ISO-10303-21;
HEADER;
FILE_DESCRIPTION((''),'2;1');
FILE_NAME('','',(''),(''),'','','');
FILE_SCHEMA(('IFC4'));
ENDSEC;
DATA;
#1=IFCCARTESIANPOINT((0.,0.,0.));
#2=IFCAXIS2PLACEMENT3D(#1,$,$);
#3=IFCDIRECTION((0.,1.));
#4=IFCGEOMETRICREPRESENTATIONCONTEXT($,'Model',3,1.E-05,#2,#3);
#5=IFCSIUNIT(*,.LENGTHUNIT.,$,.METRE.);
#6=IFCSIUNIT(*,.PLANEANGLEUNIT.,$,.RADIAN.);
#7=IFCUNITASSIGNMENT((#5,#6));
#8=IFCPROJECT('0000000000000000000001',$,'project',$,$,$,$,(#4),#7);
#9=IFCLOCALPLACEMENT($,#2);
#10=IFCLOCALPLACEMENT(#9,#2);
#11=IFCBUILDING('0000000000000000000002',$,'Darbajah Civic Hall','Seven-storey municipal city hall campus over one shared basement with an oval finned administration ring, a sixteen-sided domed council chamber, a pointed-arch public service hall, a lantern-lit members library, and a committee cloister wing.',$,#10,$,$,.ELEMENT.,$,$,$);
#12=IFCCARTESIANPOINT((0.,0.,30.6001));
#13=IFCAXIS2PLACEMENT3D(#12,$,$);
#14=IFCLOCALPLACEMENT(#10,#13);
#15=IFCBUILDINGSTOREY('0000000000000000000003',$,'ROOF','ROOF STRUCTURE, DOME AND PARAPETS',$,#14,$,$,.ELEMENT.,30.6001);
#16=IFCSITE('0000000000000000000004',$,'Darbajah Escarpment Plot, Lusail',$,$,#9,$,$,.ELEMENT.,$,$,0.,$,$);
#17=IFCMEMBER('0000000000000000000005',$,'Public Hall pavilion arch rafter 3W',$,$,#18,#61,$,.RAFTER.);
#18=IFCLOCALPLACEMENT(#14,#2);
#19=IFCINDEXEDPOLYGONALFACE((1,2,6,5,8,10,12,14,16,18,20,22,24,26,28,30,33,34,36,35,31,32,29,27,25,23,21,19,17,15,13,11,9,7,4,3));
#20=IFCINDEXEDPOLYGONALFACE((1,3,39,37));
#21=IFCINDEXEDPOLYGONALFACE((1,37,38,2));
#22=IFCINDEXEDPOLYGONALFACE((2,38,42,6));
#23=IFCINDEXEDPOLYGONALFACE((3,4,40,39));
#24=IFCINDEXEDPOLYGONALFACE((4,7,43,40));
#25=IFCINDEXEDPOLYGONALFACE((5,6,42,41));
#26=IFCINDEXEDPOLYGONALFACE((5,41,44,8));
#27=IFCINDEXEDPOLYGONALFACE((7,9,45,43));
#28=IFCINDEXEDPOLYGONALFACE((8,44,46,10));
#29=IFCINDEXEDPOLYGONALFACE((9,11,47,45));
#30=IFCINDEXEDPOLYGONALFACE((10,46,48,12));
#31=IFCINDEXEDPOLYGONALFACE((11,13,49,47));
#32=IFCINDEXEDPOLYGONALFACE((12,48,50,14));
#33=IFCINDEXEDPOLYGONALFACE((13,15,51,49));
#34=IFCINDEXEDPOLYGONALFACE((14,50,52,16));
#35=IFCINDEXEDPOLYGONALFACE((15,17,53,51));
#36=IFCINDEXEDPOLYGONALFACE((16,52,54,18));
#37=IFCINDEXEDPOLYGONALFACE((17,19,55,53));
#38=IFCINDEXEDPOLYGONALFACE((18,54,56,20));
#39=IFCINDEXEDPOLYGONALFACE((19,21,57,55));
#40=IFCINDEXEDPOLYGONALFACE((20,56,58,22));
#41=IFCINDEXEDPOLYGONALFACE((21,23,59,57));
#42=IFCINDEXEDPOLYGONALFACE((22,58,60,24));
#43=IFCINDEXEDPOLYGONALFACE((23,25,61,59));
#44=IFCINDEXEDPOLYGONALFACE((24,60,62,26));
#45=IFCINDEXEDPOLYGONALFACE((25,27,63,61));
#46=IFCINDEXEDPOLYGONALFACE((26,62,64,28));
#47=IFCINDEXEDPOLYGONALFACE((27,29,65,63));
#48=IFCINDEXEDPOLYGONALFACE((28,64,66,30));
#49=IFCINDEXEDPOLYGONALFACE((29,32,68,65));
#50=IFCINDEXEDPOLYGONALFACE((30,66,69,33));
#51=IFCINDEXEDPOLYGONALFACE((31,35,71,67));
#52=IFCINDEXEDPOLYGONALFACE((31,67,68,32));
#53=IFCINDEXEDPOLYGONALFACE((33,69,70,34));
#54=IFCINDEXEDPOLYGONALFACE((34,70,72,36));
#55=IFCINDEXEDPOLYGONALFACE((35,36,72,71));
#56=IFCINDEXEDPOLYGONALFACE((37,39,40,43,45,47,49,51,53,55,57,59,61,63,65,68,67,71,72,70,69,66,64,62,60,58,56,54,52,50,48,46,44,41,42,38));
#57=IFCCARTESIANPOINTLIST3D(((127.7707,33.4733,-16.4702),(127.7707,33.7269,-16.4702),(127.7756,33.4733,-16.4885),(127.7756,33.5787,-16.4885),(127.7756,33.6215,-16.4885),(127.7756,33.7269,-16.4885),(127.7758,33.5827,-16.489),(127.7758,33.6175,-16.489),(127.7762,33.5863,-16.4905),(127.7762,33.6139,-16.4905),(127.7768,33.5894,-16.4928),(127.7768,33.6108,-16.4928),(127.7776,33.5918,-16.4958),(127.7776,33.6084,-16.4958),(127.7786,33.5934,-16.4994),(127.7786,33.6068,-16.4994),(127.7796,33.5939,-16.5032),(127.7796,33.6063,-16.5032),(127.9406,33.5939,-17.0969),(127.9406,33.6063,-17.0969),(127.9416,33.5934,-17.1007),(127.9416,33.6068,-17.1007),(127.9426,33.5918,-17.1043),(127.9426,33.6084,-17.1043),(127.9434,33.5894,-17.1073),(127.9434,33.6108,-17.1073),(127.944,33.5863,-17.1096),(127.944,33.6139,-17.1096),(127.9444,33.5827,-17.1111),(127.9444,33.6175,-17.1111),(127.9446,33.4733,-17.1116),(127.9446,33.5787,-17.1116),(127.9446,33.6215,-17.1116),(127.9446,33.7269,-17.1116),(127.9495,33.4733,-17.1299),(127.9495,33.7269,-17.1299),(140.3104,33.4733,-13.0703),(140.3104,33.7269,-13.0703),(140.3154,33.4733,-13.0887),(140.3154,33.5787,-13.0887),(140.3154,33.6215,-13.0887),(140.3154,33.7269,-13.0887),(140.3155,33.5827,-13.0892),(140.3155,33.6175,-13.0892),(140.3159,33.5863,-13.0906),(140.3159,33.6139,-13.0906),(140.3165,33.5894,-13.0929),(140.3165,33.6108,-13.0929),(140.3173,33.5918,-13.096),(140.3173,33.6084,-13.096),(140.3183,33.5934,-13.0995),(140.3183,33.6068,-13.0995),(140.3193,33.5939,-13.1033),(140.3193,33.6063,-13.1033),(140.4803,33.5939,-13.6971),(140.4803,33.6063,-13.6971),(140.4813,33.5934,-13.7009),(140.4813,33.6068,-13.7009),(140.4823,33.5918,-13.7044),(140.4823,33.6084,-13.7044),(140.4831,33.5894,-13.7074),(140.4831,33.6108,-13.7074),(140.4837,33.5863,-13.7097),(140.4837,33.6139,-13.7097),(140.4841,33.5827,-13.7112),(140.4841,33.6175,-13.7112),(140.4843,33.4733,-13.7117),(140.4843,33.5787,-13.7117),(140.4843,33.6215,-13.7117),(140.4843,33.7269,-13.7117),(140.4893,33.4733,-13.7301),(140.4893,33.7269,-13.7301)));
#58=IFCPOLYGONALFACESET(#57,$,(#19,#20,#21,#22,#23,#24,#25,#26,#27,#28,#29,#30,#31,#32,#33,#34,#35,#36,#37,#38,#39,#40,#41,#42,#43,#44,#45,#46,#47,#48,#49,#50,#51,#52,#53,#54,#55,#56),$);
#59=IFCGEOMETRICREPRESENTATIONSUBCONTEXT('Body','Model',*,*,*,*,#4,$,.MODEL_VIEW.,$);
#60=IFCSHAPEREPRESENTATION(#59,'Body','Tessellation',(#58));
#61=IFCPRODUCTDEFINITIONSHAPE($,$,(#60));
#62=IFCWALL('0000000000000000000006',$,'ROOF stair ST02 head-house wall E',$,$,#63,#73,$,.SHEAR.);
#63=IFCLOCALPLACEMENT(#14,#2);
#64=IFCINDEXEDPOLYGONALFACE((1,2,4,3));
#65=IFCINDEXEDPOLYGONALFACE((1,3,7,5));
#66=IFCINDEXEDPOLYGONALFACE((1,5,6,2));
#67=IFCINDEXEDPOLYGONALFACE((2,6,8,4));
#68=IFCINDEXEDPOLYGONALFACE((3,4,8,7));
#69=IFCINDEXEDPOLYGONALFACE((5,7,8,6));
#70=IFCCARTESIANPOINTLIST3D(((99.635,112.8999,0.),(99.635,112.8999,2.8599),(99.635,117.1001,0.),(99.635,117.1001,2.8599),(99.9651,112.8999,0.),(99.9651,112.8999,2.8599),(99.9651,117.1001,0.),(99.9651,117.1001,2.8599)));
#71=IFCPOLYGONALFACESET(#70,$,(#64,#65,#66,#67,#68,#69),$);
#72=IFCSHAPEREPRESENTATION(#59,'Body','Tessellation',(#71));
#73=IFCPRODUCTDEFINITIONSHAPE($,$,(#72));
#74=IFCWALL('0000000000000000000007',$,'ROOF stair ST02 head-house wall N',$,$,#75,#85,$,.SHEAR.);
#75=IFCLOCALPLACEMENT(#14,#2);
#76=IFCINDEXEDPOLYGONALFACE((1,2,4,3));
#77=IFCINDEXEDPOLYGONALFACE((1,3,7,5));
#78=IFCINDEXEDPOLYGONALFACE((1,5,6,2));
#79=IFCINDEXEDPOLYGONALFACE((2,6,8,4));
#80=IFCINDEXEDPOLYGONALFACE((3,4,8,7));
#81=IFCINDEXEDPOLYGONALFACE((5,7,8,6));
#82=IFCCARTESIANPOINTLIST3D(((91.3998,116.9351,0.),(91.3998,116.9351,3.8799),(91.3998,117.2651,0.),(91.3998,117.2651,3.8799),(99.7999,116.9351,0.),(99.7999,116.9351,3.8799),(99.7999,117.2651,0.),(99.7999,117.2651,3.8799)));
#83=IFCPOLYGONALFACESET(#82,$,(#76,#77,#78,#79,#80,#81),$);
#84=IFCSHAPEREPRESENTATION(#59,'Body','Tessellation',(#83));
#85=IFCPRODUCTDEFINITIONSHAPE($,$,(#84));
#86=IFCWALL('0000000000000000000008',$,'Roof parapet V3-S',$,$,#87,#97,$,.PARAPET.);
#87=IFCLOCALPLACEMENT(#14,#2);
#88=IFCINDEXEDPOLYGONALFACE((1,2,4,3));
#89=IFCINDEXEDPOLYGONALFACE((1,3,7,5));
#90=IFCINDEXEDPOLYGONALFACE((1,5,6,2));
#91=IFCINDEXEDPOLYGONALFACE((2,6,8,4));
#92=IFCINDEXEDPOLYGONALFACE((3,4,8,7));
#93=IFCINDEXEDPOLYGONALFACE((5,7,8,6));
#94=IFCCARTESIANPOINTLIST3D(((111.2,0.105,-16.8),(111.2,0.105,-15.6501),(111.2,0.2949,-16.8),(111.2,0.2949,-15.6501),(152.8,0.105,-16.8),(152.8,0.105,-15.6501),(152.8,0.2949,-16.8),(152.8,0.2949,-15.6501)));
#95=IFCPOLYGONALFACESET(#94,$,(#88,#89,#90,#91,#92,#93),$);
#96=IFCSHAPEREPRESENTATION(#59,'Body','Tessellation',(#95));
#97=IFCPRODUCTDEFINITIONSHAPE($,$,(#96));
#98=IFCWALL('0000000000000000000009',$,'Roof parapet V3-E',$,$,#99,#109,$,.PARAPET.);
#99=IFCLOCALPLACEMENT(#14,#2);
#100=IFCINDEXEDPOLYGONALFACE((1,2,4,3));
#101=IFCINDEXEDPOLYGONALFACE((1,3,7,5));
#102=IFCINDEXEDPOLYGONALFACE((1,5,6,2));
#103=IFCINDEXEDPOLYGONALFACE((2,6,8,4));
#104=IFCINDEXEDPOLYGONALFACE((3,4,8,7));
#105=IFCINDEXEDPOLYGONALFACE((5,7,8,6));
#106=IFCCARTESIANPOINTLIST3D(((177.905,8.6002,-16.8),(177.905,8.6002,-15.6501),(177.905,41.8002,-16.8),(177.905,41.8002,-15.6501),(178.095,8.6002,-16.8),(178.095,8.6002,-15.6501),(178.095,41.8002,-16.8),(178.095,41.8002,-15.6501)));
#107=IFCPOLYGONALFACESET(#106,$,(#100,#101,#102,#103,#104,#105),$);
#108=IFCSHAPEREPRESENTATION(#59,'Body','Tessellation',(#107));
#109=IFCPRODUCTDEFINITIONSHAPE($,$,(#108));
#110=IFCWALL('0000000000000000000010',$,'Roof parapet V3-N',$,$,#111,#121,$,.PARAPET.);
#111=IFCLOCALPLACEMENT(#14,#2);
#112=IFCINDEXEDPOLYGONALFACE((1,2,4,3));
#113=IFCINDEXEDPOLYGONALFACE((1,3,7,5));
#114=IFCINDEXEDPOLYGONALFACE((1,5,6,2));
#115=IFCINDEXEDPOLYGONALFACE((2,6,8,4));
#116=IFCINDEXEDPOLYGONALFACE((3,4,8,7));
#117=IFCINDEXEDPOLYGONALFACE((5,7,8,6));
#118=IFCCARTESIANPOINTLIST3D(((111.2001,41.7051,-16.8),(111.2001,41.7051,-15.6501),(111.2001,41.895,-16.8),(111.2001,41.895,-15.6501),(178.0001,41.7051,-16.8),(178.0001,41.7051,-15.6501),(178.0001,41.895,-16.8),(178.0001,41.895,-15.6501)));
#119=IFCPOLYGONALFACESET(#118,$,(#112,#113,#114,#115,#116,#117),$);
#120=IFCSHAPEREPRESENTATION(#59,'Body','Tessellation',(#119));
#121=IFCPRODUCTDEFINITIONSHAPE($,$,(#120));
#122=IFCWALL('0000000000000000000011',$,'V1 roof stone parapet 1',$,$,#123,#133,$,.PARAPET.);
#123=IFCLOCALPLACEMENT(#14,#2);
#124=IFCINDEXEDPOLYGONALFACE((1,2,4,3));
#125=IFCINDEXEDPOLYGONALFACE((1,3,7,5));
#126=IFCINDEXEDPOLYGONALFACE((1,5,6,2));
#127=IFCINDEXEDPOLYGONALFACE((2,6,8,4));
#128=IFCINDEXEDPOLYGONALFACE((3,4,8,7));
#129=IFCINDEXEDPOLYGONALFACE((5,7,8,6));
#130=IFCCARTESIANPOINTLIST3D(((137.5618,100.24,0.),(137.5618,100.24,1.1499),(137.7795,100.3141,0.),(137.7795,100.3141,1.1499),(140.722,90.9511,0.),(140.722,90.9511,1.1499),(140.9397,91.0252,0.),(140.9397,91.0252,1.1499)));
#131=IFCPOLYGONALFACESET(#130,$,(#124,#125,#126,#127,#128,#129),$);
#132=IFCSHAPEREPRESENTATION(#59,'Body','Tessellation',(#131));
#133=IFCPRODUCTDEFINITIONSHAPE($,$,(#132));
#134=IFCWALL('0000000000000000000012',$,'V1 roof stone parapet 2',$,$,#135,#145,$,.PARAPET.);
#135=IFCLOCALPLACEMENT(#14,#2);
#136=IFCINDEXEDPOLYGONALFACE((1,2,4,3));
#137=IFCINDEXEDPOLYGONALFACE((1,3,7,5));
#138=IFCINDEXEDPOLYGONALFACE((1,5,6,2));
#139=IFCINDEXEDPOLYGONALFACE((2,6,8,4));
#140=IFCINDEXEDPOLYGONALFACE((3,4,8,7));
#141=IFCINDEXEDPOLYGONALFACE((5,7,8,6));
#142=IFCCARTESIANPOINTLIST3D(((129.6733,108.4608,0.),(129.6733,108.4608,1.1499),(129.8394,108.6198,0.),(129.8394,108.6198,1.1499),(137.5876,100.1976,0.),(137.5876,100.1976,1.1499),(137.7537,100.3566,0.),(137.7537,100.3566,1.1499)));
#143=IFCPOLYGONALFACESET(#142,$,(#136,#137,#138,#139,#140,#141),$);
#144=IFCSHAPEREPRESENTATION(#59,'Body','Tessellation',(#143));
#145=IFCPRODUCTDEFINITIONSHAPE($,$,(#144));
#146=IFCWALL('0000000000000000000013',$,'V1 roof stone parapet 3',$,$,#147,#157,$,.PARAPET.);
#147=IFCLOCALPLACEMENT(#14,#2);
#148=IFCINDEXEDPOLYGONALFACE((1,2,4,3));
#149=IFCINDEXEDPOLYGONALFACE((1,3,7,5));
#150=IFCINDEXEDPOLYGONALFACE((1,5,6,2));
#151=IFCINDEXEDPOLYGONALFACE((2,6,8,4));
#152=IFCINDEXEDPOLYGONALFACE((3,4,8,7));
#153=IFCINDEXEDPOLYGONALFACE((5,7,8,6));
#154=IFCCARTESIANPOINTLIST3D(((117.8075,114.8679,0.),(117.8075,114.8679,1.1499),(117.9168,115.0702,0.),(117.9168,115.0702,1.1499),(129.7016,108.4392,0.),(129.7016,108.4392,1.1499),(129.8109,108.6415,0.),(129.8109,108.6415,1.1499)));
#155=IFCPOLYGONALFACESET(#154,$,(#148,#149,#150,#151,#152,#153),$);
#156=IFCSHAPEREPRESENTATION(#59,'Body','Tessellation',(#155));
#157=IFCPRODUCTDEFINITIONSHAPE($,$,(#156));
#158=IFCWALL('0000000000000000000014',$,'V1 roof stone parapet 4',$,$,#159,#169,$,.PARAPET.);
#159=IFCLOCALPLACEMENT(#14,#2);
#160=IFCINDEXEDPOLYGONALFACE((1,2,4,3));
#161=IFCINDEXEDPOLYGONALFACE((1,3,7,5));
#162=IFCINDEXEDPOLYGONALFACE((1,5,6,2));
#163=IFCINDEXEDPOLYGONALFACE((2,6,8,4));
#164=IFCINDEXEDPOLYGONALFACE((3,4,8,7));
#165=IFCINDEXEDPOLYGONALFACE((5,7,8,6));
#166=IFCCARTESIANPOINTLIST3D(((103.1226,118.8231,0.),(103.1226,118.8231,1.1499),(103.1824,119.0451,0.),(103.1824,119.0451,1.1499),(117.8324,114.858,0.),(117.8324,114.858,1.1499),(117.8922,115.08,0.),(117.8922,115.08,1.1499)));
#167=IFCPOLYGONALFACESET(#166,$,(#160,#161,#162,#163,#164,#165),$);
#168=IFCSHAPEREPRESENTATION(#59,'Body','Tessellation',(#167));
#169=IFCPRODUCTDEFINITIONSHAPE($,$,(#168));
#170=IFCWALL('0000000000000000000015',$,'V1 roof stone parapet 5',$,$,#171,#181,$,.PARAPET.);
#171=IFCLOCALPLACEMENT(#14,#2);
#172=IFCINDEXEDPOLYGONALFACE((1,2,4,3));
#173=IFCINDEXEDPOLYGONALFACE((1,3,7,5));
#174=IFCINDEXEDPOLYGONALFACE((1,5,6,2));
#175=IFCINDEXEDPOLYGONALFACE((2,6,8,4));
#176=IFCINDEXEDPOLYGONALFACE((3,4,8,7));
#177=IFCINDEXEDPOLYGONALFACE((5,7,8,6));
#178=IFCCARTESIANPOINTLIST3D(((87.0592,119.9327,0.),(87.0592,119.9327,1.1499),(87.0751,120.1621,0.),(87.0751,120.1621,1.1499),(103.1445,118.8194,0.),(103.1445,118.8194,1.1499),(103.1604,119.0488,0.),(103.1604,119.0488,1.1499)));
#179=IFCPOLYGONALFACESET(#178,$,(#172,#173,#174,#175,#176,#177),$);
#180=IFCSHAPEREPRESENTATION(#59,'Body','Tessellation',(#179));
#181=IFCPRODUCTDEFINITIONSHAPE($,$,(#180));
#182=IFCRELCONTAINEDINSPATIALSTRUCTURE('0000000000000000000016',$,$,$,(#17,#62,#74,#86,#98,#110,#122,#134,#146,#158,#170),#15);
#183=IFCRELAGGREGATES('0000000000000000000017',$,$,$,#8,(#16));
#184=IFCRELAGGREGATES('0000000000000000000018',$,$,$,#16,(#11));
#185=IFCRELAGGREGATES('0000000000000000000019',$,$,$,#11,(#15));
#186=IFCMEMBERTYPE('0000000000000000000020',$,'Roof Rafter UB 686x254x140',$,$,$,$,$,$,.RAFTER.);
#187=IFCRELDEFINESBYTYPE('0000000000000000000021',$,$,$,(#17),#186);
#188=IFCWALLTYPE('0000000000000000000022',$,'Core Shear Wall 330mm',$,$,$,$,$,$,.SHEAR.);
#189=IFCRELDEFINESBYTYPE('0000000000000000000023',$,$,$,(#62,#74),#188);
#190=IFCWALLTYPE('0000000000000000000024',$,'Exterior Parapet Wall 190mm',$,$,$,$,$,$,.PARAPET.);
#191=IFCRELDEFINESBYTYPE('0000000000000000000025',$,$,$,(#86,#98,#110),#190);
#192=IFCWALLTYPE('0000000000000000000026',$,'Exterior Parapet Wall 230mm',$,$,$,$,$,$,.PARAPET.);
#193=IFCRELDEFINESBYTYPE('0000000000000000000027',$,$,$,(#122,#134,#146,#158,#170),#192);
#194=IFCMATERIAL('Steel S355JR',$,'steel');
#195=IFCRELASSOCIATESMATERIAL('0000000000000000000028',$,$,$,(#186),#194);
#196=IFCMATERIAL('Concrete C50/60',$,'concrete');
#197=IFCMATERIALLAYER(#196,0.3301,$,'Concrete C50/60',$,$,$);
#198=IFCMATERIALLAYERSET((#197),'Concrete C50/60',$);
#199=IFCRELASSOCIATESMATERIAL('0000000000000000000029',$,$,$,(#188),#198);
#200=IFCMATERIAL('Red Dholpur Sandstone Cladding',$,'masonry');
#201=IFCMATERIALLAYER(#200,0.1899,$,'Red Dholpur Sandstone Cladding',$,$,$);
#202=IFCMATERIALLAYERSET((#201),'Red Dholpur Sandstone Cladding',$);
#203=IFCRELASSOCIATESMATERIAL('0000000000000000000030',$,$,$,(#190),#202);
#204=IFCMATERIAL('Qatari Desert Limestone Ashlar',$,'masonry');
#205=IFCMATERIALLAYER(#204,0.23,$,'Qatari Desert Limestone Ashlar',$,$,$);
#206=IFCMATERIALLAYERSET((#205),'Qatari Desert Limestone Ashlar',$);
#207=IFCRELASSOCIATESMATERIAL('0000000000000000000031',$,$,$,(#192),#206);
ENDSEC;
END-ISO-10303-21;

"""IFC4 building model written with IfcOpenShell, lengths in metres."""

from ifc_helpers import new_model, si_unit, direction, frame, frame_2d, origin, origin_2d, place, context, subcontext, project, spatial, rectangle, i_section, extrude, material, layer, layer_set, material_profile, profile_set, type_object, element, save


model = new_model("IFC4")

# Units and contexts
model_context = context("Model", 3, precision=1e-05, world=origin(), true_north=direction((0.0, 1.0)))
body_context = subcontext(model_context, "Body", "Model", "MODEL_VIEW")
ifc_project = project(units=[si_unit("LENGTHUNIT", "METRE"), si_unit("PLANEANGLEUNIT", "RADIAN")], contexts=[model_context])

# Site, building, storey
site_placement = place(None, origin())
site = spatial("IfcSite", under=ifc_project, at=site_placement, Name="Darbajah Escarpment Plot, Lusail", CompositionType="ELEMENT", RefElevation=0.0)
building_placement = place(site_placement, origin())
building = spatial("IfcBuilding", under=site, at=building_placement, Name="Darbajah Civic Hall", Description="Seven-storey municipal city hall campus over one shared basement with an oval finned administration ring, a sixteen-sided domed council chamber, a pointed-arch public service hall, a lantern-lit members library, and a committee cloister wing.", CompositionType="ELEMENT")
storey_placement = place(building_placement, frame((0.0, 0.0, 30.6001)))
storey = spatial("IfcBuildingStorey", under=building, at=storey_placement, Name="ROOF", Description="ROOF STRUCTURE, DOME AND PARAPETS", CompositionType="ELEMENT", Elevation=30.6001)

# Member
ifc_material_1 = material(Name="Steel S355JR", Category="steel")
ifc_material_profile_1 = material_profile(ifc_material_1, i_section(OverallWidth=0.2537, OverallDepth=0.6836, WebThickness=0.0125, FlangeThickness=0.019, FilletRadius=0.0151, at=origin_2d()), Name="UB 686x254x140")
ifc_profile_set_1 = profile_set([ifc_material_profile_1], Name="Steel S355JR")
member_type_1 = type_object("IfcMemberType", Name="Roof Rafter UB 686x254x140", PredefinedType="RAFTER", material=ifc_profile_set_1)
for number, where, z_axis, x_axis, name in (
    (1, (127.8601, 33.6001, -16.8), (0.965154, 0.0, 0.261681), (0.0, 1.0, 0.0), "Public Hall pavilion arch rafter 3W"),
):
    element("IfcMember", number, at=place(storey_placement, frame(where, z_axis=z_axis, x_axis=x_axis)), inside=storey, type_object=member_type_1, Name=name, PredefinedType="RAFTER", context=body_context, shape_type="SweptSolid", body=[
        extrude(i_section(OverallWidth=0.2537, OverallDepth=0.6836, WebThickness=0.0125, FlangeThickness=0.019, FilletRadius=0.0151, at=origin_2d()), origin(), (0.0, 0.0, 1.0), 12.9924),
    ])

# Walls
ifc_material_2 = material(Name="Concrete C50/60", Category="concrete")
ifc_layer_1 = layer(ifc_material_2, 0.3301, Name="Concrete C50/60")
ifc_layer_set_1 = layer_set([ifc_layer_1], Name="Concrete C50/60")
wall_type_1 = type_object("IfcWallType", Name="Core Shear Wall 330mm", PredefinedType="SHEAR", material=ifc_layer_set_1)
wall_1_placement = place(storey_placement, frame((99.8, 112.8999, 0.0), z_axis=(0.0, 0.0, 1.0), x_axis=(0.0, 1.0, 0.0)))
element("IfcWall", 2, at=wall_1_placement, inside=storey, type_object=wall_type_1, Name="ROOF stair ST02 head-house wall E", PredefinedType="SHEAR", context=body_context, shape_type="SweptSolid", body=[
    extrude(rectangle(XDim=4.2002, YDim=0.3301, at=frame_2d((2.1001, 0.0))), origin(), (0.0, 0.0, 1.0), 2.8599),
])
wall_2_placement = place(storey_placement, frame((99.8, 117.1001, 0.0), z_axis=(0.0, 0.0, 1.0), x_axis=(-1.0, 0.0, 0.0)))
element("IfcWall", 3, at=wall_2_placement, inside=storey, type_object=wall_type_1, Name="ROOF stair ST02 head-house wall N", PredefinedType="SHEAR", context=body_context, shape_type="SweptSolid", body=[
    extrude(rectangle(XDim=8.4001, YDim=0.3301, at=frame_2d((4.2002, 0.0))), origin(), (0.0, 0.0, 1.0), 3.8799),
])
ifc_material_3 = material(Name="Red Dholpur Sandstone Cladding", Category="masonry")
ifc_layer_2 = layer(ifc_material_3, 0.1899, Name="Red Dholpur Sandstone Cladding")
ifc_layer_set_2 = layer_set([ifc_layer_2], Name="Red Dholpur Sandstone Cladding")
wall_type_2 = type_object("IfcWallType", Name="Exterior Parapet Wall 190mm", PredefinedType="PARAPET", material=ifc_layer_set_2)
wall_3_placement = place(storey_placement, frame((111.2, 0.2, -16.8), z_axis=(0.0, 0.0, 1.0), x_axis=(1.0, 0.0, 0.0)))
element("IfcWall", 4, at=wall_3_placement, inside=storey, type_object=wall_type_2, Name="Roof parapet V3-S", PredefinedType="PARAPET", context=body_context, shape_type="SweptSolid", body=[
    extrude(rectangle(XDim=41.6001, YDim=0.1899, at=frame_2d((20.8, 0.0))), origin(), (0.0, 0.0, 1.0), 1.1499),
])
wall_4_placement = place(storey_placement, frame((178.0, 8.6001, -16.8), z_axis=(0.0, 0.0, 1.0), x_axis=(0.0, 1.0, 0.0)))
element("IfcWall", 5, at=wall_4_placement, inside=storey, type_object=wall_type_2, Name="Roof parapet V3-E", PredefinedType="PARAPET", context=body_context, shape_type="SweptSolid", body=[
    extrude(rectangle(XDim=33.2, YDim=0.1899, at=frame_2d((16.6001, 0.0))), origin(), (0.0, 0.0, 1.0), 1.1499),
])
wall_5_placement = place(storey_placement, frame((178.0, 41.8, -16.8), z_axis=(0.0, 0.0, 1.0), x_axis=(-1.0, 0.0, 0.0)))
element("IfcWall", 6, at=wall_5_placement, inside=storey, type_object=wall_type_2, Name="Roof parapet V3-N", PredefinedType="PARAPET", context=body_context, shape_type="SweptSolid", body=[
    extrude(rectangle(XDim=66.8, YDim=0.1899, at=frame_2d((33.3999, 0.0))), origin(), (0.0, 0.0, 1.0), 1.1499),
])
ifc_material_4 = material(Name="Qatari Desert Limestone Ashlar", Category="masonry")
ifc_layer_3 = layer(ifc_material_4, 0.23, Name="Qatari Desert Limestone Ashlar")
ifc_layer_set_3 = layer_set([ifc_layer_3], Name="Qatari Desert Limestone Ashlar")
wall_type_3 = type_object("IfcWallType", Name="Exterior Parapet Wall 230mm", PredefinedType="PARAPET", material=ifc_layer_set_3)
wall_6_placement = place(storey_placement, frame((140.8308, 90.9883, 0.0), z_axis=(0.0, 0.0, 1.0), x_axis=(-0.322082, 0.946712, 0.0)))
element("IfcWall", 7, at=wall_6_placement, inside=storey, type_object=wall_type_3, Name="V1 roof stone parapet 1", PredefinedType="PARAPET", context=body_context, shape_type="SweptSolid", body=[
    extrude(rectangle(XDim=9.8118, YDim=0.23, at=frame_2d((4.9058, 0.0))), origin(), (0.0, 0.0, 1.0), 1.1499),
])
wall_7_placement = place(storey_placement, frame((137.6707, 100.2771, 0.0), z_axis=(0.0, 0.0, 1.0), x_axis=(-0.691697, 0.722188, 0.0)))
element("IfcWall", 8, at=wall_7_placement, inside=storey, type_object=wall_type_3, Name="V1 roof stone parapet 2", PredefinedType="PARAPET", context=body_context, shape_type="SweptSolid", body=[
    extrude(rectangle(XDim=11.4419, YDim=0.23, at=frame_2d((5.7209, 0.0))), origin(), (0.0, 0.0, 1.0), 1.1499),
])
wall_8_placement = place(storey_placement, frame((129.7563, 108.5403, 0.0), z_axis=(0.0, 0.0, 1.0), x_axis=(-0.879722, 0.475488, 0.0)))
element("IfcWall", 9, at=wall_8_placement, inside=storey, type_object=wall_type_3, Name="V1 roof stone parapet 3", PredefinedType="PARAPET", context=body_context, shape_type="SweptSolid", body=[
    extrude(rectangle(XDim=13.5203, YDim=0.23, at=frame_2d((6.7603, 0.0))), origin(), (0.0, 0.0, 1.0), 1.1499),
])
wall_9_placement = place(storey_placement, frame((117.8623, 114.969, 0.0), z_axis=(0.0, 0.0, 1.0), x_axis=(-0.965537, 0.260266, 0.0)))
element("IfcWall", 10, at=wall_9_placement, inside=storey, type_object=wall_type_3, Name="V1 roof stone parapet 4", PredefinedType="PARAPET", context=body_context, shape_type="SweptSolid", body=[
    extrude(rectangle(XDim=15.2349, YDim=0.23, at=frame_2d((7.6174, 0.0))), origin(), (0.0, 0.0, 1.0), 1.1499),
])
wall_10_placement = place(storey_placement, frame((103.1526, 118.9341, 0.0), z_axis=(0.0, 0.0, 1.0), x_axis=(-0.997613, 0.069046, 0.0)))
element("IfcWall", 11, at=wall_10_placement, inside=storey, type_object=wall_type_3, Name="V1 roof stone parapet 5", PredefinedType="PARAPET", context=body_context, shape_type="SweptSolid", body=[
    extrude(rectangle(XDim=16.1238, YDim=0.23, at=frame_2d((8.062, 0.0))), origin(), (0.0, 0.0, 1.0), 1.1499),
])

save(model, "model.ifc")
